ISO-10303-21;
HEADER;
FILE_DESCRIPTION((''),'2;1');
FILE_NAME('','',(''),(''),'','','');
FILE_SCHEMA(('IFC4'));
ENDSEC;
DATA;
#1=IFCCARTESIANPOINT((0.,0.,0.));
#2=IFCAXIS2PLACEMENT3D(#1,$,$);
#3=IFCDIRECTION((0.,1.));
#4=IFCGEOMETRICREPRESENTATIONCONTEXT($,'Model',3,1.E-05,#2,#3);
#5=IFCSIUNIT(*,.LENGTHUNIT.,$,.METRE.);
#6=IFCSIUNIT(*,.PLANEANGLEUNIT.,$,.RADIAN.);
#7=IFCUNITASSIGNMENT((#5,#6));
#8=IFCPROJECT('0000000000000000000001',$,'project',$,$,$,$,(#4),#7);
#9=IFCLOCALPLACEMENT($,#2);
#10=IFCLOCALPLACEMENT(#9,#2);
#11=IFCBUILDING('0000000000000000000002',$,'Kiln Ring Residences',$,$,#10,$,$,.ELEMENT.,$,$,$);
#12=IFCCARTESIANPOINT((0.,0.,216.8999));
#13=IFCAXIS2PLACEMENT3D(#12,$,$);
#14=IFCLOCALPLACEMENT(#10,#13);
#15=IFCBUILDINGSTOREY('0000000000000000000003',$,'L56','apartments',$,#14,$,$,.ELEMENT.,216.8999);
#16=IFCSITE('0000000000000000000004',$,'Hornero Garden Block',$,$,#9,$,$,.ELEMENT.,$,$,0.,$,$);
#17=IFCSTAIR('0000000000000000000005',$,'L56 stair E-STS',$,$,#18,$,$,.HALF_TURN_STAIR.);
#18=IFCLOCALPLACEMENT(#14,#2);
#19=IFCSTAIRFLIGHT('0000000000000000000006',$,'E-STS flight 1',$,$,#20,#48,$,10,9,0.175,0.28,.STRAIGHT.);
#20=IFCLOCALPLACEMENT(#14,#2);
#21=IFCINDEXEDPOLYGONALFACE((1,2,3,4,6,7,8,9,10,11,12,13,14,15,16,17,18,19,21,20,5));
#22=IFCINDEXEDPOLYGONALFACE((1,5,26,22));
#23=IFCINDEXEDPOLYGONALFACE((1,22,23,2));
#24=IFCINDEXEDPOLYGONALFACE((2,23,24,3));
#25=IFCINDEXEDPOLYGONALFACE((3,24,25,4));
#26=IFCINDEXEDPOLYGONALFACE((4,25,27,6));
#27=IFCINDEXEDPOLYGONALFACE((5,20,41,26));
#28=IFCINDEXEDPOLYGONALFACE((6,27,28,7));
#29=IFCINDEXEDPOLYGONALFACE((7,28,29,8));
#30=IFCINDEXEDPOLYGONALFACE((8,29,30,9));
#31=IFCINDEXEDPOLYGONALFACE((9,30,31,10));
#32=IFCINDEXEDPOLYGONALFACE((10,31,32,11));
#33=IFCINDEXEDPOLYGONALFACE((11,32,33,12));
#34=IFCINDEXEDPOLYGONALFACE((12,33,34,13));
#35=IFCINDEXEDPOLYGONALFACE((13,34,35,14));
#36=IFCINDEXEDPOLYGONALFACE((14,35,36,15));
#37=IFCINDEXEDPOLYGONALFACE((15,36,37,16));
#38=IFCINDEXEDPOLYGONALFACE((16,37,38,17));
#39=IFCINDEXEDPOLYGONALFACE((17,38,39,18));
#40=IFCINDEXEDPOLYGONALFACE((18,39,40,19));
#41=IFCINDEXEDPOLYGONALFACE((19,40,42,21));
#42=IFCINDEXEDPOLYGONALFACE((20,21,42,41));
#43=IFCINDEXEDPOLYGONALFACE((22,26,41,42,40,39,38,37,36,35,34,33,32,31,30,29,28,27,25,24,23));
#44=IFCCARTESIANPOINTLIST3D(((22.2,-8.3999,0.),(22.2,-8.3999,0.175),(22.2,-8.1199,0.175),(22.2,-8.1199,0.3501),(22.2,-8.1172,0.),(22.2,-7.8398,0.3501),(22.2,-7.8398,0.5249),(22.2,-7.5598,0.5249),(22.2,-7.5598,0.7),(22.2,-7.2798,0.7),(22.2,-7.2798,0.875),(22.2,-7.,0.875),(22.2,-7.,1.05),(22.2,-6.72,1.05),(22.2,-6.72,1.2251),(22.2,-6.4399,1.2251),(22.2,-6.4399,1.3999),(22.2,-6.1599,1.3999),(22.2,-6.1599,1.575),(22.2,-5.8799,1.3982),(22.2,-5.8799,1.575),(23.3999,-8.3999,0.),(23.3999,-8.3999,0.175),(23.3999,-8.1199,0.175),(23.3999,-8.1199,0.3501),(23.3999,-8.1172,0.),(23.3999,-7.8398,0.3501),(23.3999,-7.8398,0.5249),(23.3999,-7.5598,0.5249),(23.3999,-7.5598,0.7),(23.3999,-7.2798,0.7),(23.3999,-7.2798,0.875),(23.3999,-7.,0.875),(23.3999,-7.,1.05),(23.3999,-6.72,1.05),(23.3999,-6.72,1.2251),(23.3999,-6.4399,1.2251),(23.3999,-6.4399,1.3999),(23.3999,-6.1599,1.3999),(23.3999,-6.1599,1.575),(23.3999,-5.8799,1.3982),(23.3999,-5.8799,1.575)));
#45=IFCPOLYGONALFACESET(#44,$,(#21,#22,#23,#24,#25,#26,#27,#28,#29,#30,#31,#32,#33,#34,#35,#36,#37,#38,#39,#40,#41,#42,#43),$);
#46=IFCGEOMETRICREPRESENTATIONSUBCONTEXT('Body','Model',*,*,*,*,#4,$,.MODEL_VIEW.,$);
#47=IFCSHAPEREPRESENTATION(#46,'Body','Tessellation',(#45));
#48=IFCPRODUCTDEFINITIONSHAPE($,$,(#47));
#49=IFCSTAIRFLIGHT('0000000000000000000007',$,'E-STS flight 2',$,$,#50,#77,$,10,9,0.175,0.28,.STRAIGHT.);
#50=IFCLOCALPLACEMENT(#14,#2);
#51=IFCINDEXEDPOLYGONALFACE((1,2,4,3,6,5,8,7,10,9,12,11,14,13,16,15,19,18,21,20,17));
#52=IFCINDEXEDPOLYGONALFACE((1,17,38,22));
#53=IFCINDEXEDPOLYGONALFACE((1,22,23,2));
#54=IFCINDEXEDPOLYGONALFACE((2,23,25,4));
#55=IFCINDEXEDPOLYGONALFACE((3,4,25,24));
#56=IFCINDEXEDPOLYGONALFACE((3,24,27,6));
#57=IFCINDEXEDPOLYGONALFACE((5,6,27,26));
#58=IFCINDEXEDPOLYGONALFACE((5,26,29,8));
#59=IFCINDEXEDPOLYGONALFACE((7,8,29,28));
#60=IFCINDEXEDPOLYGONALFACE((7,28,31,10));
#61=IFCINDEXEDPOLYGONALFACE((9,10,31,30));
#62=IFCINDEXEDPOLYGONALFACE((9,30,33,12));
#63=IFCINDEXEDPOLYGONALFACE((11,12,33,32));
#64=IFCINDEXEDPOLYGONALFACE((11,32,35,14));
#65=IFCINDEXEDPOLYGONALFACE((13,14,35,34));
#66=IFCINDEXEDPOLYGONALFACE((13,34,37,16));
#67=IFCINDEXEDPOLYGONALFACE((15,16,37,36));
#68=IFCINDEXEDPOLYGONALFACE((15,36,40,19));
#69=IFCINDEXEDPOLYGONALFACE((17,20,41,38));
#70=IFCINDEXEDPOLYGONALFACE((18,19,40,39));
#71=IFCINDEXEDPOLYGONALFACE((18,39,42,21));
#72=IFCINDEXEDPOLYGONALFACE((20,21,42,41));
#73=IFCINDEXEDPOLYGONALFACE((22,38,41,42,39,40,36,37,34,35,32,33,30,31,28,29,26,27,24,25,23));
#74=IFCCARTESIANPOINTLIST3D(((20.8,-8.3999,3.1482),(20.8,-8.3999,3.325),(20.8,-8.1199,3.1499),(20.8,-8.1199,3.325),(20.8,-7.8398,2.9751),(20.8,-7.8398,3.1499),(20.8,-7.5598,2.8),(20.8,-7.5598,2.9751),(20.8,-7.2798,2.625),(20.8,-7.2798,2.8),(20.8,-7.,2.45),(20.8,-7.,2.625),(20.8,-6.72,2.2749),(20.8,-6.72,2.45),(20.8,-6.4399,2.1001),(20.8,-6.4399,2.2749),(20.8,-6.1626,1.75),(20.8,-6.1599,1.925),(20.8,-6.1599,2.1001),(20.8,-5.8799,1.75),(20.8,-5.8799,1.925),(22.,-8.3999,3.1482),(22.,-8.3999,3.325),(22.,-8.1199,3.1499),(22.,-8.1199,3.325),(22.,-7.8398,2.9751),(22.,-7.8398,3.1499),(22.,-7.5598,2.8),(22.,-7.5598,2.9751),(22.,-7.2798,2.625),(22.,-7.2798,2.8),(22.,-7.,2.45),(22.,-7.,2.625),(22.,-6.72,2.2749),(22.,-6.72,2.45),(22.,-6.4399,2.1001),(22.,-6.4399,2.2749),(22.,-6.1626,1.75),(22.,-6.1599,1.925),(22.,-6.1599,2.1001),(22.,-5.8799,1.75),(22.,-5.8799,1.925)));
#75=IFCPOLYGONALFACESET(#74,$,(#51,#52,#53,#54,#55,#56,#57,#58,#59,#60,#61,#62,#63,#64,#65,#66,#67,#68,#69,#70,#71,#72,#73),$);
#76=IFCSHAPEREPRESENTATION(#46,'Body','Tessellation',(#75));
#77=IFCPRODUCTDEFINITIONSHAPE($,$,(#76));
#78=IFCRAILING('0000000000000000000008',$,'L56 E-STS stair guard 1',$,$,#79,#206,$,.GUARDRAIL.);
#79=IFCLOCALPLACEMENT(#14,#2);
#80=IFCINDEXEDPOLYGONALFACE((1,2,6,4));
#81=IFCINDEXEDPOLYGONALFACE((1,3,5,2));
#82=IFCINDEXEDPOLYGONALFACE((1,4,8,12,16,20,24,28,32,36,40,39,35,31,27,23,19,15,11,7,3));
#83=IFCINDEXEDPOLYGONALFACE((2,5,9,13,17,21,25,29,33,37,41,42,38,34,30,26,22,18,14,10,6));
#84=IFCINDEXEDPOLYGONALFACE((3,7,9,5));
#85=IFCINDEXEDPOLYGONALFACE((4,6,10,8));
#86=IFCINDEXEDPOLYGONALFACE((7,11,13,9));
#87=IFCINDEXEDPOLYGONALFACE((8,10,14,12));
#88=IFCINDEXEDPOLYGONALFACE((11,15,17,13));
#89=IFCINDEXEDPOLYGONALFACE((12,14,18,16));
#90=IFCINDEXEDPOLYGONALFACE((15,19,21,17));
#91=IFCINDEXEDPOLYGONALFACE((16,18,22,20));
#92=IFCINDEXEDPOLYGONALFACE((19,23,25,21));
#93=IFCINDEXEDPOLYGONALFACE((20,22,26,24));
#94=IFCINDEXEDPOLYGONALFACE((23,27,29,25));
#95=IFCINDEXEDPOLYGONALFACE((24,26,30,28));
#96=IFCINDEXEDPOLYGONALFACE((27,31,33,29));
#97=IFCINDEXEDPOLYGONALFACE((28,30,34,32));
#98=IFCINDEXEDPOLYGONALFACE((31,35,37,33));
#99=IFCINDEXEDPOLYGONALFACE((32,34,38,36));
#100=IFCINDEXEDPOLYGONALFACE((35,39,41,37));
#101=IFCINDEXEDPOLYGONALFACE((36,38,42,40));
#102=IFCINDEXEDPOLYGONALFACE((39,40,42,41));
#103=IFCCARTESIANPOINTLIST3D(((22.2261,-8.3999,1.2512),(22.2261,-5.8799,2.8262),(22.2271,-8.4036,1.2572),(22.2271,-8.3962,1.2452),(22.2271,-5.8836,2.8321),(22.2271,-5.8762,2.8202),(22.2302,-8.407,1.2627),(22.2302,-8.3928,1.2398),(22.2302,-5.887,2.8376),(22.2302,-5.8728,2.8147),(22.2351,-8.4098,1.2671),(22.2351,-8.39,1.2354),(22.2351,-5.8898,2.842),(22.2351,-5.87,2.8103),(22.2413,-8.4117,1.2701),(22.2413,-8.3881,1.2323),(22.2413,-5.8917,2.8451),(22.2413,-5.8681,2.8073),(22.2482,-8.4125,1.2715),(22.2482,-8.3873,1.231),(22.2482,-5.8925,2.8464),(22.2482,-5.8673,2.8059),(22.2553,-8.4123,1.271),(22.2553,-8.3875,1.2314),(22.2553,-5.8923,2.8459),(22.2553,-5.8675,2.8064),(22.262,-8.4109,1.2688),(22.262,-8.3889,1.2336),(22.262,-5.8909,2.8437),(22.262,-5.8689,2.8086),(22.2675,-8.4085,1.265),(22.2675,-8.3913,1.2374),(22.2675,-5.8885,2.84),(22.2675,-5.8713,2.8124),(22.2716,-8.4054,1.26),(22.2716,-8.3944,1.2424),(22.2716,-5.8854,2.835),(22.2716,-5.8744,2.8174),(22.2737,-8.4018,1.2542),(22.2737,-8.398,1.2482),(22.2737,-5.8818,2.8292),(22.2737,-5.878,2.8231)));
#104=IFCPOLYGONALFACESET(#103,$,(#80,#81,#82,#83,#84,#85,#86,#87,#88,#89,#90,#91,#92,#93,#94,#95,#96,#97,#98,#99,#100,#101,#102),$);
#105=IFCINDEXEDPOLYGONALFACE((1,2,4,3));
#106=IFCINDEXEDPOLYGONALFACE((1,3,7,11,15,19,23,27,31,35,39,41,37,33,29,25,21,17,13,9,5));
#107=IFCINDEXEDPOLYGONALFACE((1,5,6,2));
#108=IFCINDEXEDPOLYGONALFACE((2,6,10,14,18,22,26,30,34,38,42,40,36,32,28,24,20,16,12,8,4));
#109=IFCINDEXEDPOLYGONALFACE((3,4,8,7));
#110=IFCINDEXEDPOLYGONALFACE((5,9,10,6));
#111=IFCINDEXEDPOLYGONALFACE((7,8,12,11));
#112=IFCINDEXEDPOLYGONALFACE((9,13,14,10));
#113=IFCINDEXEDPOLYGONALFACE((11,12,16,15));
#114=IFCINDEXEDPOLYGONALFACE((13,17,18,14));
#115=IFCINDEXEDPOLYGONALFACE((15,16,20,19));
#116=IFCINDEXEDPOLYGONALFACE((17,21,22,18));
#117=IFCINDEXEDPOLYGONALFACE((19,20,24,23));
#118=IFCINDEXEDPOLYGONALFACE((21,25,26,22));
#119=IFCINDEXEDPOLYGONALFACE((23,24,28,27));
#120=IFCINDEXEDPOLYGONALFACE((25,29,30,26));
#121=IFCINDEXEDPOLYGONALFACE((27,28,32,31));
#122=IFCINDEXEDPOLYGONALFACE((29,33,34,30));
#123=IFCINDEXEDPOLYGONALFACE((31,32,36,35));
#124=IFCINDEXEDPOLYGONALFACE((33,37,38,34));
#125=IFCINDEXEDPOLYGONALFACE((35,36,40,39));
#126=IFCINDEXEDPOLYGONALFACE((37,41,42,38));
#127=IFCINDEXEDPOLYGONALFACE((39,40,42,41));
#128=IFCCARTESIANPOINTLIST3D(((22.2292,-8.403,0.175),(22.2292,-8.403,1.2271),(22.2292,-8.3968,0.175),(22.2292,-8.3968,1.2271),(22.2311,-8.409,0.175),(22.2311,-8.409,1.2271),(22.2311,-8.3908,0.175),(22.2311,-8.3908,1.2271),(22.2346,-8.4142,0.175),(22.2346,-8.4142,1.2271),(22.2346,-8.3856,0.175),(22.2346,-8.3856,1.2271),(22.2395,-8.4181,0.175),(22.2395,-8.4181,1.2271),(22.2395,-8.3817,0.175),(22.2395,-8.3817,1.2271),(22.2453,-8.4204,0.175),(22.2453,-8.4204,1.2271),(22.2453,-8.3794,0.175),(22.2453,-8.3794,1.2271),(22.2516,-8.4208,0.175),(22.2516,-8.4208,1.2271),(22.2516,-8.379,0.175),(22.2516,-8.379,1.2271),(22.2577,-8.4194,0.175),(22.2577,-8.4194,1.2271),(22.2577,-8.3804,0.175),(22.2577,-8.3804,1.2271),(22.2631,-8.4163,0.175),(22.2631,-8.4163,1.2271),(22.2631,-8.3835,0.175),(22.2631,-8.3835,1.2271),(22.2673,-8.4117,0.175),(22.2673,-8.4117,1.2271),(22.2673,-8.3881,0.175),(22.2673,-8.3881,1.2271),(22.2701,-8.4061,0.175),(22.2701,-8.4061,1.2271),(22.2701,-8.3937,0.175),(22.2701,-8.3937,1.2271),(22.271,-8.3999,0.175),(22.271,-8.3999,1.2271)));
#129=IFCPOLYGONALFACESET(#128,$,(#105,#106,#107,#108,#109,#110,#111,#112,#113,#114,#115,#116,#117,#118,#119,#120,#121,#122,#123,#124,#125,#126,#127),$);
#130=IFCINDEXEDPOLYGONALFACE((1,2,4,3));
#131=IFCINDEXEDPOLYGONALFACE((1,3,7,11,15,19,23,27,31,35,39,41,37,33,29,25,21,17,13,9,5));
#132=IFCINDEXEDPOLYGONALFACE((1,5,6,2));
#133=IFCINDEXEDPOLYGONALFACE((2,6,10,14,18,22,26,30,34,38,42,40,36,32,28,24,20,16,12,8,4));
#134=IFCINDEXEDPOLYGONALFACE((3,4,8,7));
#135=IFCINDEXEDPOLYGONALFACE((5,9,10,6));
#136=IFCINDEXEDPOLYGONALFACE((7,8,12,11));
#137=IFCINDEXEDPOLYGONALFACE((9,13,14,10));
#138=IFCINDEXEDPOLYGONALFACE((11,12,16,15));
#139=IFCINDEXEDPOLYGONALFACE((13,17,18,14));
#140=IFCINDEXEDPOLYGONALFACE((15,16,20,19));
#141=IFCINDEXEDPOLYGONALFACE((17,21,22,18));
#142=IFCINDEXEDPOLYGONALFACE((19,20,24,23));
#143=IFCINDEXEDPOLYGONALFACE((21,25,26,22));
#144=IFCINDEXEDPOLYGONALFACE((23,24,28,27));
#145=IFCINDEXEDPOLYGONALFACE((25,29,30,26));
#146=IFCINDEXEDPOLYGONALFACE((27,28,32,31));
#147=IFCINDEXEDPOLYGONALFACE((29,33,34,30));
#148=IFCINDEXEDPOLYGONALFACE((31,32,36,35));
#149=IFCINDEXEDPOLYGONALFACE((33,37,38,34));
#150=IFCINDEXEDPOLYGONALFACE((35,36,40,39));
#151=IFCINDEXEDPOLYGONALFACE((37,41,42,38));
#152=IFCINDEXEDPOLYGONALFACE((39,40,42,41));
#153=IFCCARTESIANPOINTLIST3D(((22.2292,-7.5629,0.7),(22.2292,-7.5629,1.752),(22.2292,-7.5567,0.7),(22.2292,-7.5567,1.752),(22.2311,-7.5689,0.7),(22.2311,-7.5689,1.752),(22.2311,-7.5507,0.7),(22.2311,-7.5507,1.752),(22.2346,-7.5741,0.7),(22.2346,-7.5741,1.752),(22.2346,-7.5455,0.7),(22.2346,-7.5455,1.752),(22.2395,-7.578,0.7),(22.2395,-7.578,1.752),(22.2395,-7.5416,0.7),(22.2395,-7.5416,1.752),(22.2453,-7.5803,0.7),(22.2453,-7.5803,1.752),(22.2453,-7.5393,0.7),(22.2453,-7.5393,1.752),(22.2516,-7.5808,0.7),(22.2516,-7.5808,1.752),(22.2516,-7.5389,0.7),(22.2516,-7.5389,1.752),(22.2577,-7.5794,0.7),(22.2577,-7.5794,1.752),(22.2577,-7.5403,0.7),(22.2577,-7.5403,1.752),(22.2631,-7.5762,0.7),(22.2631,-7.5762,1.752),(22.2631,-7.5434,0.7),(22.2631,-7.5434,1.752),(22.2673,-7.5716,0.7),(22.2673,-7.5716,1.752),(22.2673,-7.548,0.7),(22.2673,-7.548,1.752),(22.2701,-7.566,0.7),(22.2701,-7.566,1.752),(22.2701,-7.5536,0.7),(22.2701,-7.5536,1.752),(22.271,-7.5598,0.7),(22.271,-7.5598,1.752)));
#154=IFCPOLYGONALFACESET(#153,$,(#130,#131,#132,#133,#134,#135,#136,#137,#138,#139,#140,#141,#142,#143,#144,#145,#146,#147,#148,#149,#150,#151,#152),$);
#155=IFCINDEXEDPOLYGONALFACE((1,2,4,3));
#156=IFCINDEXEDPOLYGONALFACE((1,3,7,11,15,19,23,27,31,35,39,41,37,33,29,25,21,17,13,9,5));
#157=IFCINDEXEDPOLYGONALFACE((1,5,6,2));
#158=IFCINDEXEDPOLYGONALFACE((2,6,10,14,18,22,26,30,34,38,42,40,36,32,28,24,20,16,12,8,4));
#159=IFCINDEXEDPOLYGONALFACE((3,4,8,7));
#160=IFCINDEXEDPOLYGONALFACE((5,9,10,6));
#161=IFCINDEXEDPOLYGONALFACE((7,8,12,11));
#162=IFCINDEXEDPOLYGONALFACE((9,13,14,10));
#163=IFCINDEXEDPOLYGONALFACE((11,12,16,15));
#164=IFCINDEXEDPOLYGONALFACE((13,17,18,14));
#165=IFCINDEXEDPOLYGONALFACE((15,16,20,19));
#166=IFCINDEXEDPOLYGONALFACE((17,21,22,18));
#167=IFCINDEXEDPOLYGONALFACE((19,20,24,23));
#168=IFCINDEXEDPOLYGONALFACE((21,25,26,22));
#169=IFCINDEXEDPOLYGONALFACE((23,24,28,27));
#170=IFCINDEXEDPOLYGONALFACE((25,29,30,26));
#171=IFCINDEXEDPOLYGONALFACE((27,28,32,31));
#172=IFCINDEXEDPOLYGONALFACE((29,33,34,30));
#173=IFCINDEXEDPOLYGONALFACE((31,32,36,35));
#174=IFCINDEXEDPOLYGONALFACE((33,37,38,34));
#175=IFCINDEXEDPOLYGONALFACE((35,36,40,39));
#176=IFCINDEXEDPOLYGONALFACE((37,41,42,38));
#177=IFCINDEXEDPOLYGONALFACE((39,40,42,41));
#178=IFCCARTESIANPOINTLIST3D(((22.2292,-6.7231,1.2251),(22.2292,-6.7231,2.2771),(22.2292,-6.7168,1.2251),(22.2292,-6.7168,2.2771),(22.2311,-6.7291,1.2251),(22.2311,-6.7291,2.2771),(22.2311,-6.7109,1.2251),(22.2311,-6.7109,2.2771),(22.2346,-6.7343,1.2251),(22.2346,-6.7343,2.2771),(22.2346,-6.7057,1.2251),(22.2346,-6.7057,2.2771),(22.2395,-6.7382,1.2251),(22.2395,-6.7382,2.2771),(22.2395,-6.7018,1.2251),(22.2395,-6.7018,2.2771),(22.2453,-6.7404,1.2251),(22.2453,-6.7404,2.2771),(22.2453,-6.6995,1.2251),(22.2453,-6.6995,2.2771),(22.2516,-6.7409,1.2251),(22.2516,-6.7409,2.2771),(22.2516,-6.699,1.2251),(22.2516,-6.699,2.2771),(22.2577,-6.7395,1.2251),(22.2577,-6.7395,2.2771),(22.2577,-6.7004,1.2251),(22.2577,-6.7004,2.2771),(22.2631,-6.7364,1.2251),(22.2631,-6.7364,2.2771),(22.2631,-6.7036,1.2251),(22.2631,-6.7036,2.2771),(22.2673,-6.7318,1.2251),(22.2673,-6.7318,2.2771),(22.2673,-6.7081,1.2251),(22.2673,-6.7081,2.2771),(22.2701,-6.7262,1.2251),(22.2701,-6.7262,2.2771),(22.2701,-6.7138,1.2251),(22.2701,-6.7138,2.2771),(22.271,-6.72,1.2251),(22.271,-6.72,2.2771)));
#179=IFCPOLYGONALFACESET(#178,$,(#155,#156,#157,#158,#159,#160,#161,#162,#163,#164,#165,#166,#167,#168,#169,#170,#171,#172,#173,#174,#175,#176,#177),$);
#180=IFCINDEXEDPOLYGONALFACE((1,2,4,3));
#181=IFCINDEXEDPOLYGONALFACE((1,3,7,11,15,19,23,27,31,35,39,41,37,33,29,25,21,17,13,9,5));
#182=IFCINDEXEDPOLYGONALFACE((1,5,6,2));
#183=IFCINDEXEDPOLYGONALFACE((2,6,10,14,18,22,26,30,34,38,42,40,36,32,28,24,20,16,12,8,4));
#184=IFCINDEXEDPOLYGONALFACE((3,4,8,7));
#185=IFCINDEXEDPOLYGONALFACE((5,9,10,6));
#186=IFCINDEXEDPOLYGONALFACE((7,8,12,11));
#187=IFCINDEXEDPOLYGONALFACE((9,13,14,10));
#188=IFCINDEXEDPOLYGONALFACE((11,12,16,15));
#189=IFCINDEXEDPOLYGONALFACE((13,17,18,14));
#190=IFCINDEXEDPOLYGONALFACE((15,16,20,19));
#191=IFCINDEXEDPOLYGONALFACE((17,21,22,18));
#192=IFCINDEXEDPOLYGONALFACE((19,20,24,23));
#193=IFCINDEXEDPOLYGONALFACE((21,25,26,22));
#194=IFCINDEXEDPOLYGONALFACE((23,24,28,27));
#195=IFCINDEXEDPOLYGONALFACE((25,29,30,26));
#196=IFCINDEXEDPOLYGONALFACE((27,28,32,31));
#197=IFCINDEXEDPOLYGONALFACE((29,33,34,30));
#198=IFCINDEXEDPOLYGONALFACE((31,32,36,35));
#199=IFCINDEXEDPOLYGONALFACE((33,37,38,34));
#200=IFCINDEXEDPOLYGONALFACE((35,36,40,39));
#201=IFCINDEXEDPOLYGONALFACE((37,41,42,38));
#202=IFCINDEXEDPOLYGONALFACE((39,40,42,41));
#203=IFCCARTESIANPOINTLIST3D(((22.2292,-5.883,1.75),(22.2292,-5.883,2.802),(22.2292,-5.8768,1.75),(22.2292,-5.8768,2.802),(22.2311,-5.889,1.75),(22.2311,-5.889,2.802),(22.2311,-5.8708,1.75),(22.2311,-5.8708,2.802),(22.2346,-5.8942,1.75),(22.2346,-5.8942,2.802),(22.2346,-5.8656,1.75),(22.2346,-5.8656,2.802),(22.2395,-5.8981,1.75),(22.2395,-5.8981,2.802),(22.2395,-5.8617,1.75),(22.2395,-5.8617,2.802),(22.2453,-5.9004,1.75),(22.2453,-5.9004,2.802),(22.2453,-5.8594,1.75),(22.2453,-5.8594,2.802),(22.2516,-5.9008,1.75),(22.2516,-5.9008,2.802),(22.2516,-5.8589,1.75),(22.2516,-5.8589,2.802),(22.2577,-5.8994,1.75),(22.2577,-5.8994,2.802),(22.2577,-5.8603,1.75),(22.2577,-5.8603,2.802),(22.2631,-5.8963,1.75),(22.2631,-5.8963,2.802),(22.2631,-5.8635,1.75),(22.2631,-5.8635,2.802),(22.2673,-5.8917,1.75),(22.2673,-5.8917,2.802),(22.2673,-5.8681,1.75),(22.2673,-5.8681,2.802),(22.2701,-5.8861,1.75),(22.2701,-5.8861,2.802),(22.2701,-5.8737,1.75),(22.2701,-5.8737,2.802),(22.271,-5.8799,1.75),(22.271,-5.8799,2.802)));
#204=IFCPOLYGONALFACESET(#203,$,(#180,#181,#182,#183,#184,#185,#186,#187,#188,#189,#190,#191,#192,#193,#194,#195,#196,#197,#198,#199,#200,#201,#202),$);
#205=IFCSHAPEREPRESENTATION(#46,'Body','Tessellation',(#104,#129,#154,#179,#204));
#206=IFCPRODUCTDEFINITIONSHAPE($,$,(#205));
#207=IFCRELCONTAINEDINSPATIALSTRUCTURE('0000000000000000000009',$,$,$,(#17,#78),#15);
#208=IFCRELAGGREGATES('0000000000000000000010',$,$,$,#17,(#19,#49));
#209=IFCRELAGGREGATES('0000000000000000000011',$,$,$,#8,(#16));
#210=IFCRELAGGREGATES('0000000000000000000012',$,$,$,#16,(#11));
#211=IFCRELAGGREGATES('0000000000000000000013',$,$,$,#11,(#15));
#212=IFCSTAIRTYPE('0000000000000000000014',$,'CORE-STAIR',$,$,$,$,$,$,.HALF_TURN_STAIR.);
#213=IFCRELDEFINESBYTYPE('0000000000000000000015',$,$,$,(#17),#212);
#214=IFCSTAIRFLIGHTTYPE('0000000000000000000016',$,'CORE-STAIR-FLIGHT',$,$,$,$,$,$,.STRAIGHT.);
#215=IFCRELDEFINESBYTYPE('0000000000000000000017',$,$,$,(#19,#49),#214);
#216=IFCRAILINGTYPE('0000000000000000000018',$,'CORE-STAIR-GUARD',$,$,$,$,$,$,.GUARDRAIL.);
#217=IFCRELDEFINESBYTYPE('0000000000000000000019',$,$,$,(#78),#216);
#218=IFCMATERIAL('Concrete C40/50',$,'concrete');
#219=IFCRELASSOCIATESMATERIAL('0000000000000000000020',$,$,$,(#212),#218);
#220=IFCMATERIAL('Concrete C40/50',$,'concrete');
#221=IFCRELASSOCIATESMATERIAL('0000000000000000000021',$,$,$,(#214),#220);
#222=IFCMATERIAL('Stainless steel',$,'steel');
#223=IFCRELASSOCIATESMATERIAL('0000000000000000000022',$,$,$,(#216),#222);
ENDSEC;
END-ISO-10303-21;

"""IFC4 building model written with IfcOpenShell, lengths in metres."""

from ifc_helpers import new_model, si_unit, direction, frame, origin, origin_2d, place, context, subcontext, project, spatial, polyline, circle, outline, extrude, material, type_object, element, aggregate, save


model = new_model("IFC4")

# Units and contexts
model_context = context("Model", 3, precision=1e-05, world=origin(), true_north=direction((0.0, 1.0)))
body_context = subcontext(model_context, "Body", "Model", "MODEL_VIEW")
ifc_project = project(units=[si_unit("LENGTHUNIT", "METRE"), si_unit("PLANEANGLEUNIT", "RADIAN")], contexts=[model_context])

# Site, building, storey
site_placement = place(None, origin())
site = spatial("IfcSite", under=ifc_project, at=site_placement, Name="Hornero Garden Block", CompositionType="ELEMENT", RefElevation=0.0)
building_placement = place(site_placement, origin())
building = spatial("IfcBuilding", under=site, at=building_placement, Name="Kiln Ring Residences", CompositionType="ELEMENT")
storey_placement = place(building_placement, frame((0.0, 0.0, 216.8999)))
storey = spatial("IfcBuildingStorey", under=building, at=storey_placement, Name="L56", Description="apartments", CompositionType="ELEMENT", Elevation=216.8999)

# Stair, stair flights
ifc_material_1 = material(Name="Concrete C40/50", Category="concrete")
stair_type = type_object("IfcStairType", Name="CORE-STAIR", PredefinedType="HALF_TURN_STAIR", material=ifc_material_1)
stair_placement = place(storey_placement, origin())
stair = element("IfcStair", 1, at=stair_placement, inside=storey, type_object=stair_type, Name="L56 stair E-STS", PredefinedType="HALF_TURN_STAIR")
ifc_material_2 = material(Name="Concrete C40/50", Category="concrete")
stair_flight_type = type_object("IfcStairFlightType", Name="CORE-STAIR-FLIGHT", PredefinedType="STRAIGHT", material=ifc_material_2)
stair_flight_1_placement = place(storey_placement, frame((22.8, -8.3999, 0.0), z_axis=(0.0, 0.0, 1.0), x_axis=(0.0, 1.0, 0.0)))
stair_flight_1 = element("IfcStairFlight", 2, at=stair_flight_1_placement, type_object=stair_flight_type, Name="E-STS flight 1", NumberOfRisers=10, NumberOfTreads=9, PredefinedType="STRAIGHT", RiserHeight=0.175, TreadLength=0.28, context=body_context, shape_type="SweptSolid", body=[
    extrude(outline(polyline([(0.0, 0.0), (0.0, 0.175), (0.28, 0.175), (0.28, 0.3501), (0.5601, 0.3501), (0.5601, 0.5249), (0.8401, 0.5249), (0.8401, 0.7), (1.1201, 0.7), (1.1201, 0.875), (1.3999, 0.875), (1.3999, 1.05), (1.6799, 1.05), (1.6799, 1.2251), (1.96, 1.2251), (1.96, 1.3999), (2.24, 1.3999), (2.24, 1.575), (2.52, 1.575), (2.52, 1.75), (2.52, 1.3982), (0.2827, 0.0), (0.0, 0.0)])), frame((0.0, 0.6001, 0.0), z_axis=(0.0, -1.0, 0.0), x_axis=(1.0, 0.0, 0.0)), (0.0, 0.0, 1.0), 1.2),
])
stair_flight_2_placement = place(storey_placement, frame((21.3999, -5.8799, 1.75), z_axis=(0.0, 0.0, 1.0), x_axis=(0.0, -1.0, 0.0)))
stair_flight_2 = element("IfcStairFlight", 3, at=stair_flight_2_placement, type_object=stair_flight_type, Name="E-STS flight 2", NumberOfRisers=10, NumberOfTreads=9, PredefinedType="STRAIGHT", RiserHeight=0.175, TreadLength=0.28, context=body_context, shape_type="SweptSolid", body=[
    extrude(outline(polyline([(0.0, 0.0), (0.0, 0.175), (0.28, 0.175), (0.28, 0.3501), (0.5601, 0.3501), (0.5601, 0.5249), (0.8401, 0.5249), (0.8401, 0.7), (1.1201, 0.7), (1.1201, 0.875), (1.3999, 0.875), (1.3999, 1.05), (1.6799, 1.05), (1.6799, 1.2251), (1.96, 1.2251), (1.96, 1.3999), (2.24, 1.3999), (2.24, 1.575), (2.52, 1.575), (2.52, 1.75), (2.52, 1.3982), (0.2827, 0.0), (0.0, 0.0)])), frame((0.0, 0.6001, 0.0), z_axis=(0.0, -1.0, 0.0), x_axis=(1.0, 0.0, 0.0)), (0.0, 0.0, 1.0), 1.2),
])
aggregate(stair, [stair_flight_1, stair_flight_2])

# Railing
ifc_material_3 = material(Name="Stainless steel", Category="steel")
railing_type_1 = type_object("IfcRailingType", Name="CORE-STAIR-GUARD", PredefinedType="GUARDRAIL", material=ifc_material_3)
railing_1_placement = place(storey_placement, frame((22.25, -8.3999, 0.175)))
element("IfcRailing", 4, at=railing_1_placement, inside=storey, type_object=railing_type_1, Name="L56 E-STS stair guard 1", PredefinedType="GUARDRAIL", context=body_context, shape_type="SweptSolid", body=[
    extrude(circle(Radius=0.0239, at=origin_2d()), frame((0.0, 0.0, 1.0762), z_axis=(0.0, 0.848008, 0.529984), x_axis=(-1.0, 0.0, 0.0)), (0.0, 0.0, 1.0), 2.9717),
    extrude(circle(Radius=0.021, at=origin_2d()), origin(), (0.0, 0.0, 1.0), 1.052),
    extrude(circle(Radius=0.021, at=origin_2d()), frame((0.0, 0.8401, 0.5249)), (0.0, 0.0, 1.0), 1.052),
    extrude(circle(Radius=0.021, at=origin_2d()), frame((0.0, 1.6799, 1.05)), (0.0, 0.0, 1.0), 1.052),
    extrude(circle(Radius=0.021, at=origin_2d()), frame((0.0, 2.52, 1.575)), (0.0, 0.0, 1.0), 1.052),
])

save(model, "model.ifc")
